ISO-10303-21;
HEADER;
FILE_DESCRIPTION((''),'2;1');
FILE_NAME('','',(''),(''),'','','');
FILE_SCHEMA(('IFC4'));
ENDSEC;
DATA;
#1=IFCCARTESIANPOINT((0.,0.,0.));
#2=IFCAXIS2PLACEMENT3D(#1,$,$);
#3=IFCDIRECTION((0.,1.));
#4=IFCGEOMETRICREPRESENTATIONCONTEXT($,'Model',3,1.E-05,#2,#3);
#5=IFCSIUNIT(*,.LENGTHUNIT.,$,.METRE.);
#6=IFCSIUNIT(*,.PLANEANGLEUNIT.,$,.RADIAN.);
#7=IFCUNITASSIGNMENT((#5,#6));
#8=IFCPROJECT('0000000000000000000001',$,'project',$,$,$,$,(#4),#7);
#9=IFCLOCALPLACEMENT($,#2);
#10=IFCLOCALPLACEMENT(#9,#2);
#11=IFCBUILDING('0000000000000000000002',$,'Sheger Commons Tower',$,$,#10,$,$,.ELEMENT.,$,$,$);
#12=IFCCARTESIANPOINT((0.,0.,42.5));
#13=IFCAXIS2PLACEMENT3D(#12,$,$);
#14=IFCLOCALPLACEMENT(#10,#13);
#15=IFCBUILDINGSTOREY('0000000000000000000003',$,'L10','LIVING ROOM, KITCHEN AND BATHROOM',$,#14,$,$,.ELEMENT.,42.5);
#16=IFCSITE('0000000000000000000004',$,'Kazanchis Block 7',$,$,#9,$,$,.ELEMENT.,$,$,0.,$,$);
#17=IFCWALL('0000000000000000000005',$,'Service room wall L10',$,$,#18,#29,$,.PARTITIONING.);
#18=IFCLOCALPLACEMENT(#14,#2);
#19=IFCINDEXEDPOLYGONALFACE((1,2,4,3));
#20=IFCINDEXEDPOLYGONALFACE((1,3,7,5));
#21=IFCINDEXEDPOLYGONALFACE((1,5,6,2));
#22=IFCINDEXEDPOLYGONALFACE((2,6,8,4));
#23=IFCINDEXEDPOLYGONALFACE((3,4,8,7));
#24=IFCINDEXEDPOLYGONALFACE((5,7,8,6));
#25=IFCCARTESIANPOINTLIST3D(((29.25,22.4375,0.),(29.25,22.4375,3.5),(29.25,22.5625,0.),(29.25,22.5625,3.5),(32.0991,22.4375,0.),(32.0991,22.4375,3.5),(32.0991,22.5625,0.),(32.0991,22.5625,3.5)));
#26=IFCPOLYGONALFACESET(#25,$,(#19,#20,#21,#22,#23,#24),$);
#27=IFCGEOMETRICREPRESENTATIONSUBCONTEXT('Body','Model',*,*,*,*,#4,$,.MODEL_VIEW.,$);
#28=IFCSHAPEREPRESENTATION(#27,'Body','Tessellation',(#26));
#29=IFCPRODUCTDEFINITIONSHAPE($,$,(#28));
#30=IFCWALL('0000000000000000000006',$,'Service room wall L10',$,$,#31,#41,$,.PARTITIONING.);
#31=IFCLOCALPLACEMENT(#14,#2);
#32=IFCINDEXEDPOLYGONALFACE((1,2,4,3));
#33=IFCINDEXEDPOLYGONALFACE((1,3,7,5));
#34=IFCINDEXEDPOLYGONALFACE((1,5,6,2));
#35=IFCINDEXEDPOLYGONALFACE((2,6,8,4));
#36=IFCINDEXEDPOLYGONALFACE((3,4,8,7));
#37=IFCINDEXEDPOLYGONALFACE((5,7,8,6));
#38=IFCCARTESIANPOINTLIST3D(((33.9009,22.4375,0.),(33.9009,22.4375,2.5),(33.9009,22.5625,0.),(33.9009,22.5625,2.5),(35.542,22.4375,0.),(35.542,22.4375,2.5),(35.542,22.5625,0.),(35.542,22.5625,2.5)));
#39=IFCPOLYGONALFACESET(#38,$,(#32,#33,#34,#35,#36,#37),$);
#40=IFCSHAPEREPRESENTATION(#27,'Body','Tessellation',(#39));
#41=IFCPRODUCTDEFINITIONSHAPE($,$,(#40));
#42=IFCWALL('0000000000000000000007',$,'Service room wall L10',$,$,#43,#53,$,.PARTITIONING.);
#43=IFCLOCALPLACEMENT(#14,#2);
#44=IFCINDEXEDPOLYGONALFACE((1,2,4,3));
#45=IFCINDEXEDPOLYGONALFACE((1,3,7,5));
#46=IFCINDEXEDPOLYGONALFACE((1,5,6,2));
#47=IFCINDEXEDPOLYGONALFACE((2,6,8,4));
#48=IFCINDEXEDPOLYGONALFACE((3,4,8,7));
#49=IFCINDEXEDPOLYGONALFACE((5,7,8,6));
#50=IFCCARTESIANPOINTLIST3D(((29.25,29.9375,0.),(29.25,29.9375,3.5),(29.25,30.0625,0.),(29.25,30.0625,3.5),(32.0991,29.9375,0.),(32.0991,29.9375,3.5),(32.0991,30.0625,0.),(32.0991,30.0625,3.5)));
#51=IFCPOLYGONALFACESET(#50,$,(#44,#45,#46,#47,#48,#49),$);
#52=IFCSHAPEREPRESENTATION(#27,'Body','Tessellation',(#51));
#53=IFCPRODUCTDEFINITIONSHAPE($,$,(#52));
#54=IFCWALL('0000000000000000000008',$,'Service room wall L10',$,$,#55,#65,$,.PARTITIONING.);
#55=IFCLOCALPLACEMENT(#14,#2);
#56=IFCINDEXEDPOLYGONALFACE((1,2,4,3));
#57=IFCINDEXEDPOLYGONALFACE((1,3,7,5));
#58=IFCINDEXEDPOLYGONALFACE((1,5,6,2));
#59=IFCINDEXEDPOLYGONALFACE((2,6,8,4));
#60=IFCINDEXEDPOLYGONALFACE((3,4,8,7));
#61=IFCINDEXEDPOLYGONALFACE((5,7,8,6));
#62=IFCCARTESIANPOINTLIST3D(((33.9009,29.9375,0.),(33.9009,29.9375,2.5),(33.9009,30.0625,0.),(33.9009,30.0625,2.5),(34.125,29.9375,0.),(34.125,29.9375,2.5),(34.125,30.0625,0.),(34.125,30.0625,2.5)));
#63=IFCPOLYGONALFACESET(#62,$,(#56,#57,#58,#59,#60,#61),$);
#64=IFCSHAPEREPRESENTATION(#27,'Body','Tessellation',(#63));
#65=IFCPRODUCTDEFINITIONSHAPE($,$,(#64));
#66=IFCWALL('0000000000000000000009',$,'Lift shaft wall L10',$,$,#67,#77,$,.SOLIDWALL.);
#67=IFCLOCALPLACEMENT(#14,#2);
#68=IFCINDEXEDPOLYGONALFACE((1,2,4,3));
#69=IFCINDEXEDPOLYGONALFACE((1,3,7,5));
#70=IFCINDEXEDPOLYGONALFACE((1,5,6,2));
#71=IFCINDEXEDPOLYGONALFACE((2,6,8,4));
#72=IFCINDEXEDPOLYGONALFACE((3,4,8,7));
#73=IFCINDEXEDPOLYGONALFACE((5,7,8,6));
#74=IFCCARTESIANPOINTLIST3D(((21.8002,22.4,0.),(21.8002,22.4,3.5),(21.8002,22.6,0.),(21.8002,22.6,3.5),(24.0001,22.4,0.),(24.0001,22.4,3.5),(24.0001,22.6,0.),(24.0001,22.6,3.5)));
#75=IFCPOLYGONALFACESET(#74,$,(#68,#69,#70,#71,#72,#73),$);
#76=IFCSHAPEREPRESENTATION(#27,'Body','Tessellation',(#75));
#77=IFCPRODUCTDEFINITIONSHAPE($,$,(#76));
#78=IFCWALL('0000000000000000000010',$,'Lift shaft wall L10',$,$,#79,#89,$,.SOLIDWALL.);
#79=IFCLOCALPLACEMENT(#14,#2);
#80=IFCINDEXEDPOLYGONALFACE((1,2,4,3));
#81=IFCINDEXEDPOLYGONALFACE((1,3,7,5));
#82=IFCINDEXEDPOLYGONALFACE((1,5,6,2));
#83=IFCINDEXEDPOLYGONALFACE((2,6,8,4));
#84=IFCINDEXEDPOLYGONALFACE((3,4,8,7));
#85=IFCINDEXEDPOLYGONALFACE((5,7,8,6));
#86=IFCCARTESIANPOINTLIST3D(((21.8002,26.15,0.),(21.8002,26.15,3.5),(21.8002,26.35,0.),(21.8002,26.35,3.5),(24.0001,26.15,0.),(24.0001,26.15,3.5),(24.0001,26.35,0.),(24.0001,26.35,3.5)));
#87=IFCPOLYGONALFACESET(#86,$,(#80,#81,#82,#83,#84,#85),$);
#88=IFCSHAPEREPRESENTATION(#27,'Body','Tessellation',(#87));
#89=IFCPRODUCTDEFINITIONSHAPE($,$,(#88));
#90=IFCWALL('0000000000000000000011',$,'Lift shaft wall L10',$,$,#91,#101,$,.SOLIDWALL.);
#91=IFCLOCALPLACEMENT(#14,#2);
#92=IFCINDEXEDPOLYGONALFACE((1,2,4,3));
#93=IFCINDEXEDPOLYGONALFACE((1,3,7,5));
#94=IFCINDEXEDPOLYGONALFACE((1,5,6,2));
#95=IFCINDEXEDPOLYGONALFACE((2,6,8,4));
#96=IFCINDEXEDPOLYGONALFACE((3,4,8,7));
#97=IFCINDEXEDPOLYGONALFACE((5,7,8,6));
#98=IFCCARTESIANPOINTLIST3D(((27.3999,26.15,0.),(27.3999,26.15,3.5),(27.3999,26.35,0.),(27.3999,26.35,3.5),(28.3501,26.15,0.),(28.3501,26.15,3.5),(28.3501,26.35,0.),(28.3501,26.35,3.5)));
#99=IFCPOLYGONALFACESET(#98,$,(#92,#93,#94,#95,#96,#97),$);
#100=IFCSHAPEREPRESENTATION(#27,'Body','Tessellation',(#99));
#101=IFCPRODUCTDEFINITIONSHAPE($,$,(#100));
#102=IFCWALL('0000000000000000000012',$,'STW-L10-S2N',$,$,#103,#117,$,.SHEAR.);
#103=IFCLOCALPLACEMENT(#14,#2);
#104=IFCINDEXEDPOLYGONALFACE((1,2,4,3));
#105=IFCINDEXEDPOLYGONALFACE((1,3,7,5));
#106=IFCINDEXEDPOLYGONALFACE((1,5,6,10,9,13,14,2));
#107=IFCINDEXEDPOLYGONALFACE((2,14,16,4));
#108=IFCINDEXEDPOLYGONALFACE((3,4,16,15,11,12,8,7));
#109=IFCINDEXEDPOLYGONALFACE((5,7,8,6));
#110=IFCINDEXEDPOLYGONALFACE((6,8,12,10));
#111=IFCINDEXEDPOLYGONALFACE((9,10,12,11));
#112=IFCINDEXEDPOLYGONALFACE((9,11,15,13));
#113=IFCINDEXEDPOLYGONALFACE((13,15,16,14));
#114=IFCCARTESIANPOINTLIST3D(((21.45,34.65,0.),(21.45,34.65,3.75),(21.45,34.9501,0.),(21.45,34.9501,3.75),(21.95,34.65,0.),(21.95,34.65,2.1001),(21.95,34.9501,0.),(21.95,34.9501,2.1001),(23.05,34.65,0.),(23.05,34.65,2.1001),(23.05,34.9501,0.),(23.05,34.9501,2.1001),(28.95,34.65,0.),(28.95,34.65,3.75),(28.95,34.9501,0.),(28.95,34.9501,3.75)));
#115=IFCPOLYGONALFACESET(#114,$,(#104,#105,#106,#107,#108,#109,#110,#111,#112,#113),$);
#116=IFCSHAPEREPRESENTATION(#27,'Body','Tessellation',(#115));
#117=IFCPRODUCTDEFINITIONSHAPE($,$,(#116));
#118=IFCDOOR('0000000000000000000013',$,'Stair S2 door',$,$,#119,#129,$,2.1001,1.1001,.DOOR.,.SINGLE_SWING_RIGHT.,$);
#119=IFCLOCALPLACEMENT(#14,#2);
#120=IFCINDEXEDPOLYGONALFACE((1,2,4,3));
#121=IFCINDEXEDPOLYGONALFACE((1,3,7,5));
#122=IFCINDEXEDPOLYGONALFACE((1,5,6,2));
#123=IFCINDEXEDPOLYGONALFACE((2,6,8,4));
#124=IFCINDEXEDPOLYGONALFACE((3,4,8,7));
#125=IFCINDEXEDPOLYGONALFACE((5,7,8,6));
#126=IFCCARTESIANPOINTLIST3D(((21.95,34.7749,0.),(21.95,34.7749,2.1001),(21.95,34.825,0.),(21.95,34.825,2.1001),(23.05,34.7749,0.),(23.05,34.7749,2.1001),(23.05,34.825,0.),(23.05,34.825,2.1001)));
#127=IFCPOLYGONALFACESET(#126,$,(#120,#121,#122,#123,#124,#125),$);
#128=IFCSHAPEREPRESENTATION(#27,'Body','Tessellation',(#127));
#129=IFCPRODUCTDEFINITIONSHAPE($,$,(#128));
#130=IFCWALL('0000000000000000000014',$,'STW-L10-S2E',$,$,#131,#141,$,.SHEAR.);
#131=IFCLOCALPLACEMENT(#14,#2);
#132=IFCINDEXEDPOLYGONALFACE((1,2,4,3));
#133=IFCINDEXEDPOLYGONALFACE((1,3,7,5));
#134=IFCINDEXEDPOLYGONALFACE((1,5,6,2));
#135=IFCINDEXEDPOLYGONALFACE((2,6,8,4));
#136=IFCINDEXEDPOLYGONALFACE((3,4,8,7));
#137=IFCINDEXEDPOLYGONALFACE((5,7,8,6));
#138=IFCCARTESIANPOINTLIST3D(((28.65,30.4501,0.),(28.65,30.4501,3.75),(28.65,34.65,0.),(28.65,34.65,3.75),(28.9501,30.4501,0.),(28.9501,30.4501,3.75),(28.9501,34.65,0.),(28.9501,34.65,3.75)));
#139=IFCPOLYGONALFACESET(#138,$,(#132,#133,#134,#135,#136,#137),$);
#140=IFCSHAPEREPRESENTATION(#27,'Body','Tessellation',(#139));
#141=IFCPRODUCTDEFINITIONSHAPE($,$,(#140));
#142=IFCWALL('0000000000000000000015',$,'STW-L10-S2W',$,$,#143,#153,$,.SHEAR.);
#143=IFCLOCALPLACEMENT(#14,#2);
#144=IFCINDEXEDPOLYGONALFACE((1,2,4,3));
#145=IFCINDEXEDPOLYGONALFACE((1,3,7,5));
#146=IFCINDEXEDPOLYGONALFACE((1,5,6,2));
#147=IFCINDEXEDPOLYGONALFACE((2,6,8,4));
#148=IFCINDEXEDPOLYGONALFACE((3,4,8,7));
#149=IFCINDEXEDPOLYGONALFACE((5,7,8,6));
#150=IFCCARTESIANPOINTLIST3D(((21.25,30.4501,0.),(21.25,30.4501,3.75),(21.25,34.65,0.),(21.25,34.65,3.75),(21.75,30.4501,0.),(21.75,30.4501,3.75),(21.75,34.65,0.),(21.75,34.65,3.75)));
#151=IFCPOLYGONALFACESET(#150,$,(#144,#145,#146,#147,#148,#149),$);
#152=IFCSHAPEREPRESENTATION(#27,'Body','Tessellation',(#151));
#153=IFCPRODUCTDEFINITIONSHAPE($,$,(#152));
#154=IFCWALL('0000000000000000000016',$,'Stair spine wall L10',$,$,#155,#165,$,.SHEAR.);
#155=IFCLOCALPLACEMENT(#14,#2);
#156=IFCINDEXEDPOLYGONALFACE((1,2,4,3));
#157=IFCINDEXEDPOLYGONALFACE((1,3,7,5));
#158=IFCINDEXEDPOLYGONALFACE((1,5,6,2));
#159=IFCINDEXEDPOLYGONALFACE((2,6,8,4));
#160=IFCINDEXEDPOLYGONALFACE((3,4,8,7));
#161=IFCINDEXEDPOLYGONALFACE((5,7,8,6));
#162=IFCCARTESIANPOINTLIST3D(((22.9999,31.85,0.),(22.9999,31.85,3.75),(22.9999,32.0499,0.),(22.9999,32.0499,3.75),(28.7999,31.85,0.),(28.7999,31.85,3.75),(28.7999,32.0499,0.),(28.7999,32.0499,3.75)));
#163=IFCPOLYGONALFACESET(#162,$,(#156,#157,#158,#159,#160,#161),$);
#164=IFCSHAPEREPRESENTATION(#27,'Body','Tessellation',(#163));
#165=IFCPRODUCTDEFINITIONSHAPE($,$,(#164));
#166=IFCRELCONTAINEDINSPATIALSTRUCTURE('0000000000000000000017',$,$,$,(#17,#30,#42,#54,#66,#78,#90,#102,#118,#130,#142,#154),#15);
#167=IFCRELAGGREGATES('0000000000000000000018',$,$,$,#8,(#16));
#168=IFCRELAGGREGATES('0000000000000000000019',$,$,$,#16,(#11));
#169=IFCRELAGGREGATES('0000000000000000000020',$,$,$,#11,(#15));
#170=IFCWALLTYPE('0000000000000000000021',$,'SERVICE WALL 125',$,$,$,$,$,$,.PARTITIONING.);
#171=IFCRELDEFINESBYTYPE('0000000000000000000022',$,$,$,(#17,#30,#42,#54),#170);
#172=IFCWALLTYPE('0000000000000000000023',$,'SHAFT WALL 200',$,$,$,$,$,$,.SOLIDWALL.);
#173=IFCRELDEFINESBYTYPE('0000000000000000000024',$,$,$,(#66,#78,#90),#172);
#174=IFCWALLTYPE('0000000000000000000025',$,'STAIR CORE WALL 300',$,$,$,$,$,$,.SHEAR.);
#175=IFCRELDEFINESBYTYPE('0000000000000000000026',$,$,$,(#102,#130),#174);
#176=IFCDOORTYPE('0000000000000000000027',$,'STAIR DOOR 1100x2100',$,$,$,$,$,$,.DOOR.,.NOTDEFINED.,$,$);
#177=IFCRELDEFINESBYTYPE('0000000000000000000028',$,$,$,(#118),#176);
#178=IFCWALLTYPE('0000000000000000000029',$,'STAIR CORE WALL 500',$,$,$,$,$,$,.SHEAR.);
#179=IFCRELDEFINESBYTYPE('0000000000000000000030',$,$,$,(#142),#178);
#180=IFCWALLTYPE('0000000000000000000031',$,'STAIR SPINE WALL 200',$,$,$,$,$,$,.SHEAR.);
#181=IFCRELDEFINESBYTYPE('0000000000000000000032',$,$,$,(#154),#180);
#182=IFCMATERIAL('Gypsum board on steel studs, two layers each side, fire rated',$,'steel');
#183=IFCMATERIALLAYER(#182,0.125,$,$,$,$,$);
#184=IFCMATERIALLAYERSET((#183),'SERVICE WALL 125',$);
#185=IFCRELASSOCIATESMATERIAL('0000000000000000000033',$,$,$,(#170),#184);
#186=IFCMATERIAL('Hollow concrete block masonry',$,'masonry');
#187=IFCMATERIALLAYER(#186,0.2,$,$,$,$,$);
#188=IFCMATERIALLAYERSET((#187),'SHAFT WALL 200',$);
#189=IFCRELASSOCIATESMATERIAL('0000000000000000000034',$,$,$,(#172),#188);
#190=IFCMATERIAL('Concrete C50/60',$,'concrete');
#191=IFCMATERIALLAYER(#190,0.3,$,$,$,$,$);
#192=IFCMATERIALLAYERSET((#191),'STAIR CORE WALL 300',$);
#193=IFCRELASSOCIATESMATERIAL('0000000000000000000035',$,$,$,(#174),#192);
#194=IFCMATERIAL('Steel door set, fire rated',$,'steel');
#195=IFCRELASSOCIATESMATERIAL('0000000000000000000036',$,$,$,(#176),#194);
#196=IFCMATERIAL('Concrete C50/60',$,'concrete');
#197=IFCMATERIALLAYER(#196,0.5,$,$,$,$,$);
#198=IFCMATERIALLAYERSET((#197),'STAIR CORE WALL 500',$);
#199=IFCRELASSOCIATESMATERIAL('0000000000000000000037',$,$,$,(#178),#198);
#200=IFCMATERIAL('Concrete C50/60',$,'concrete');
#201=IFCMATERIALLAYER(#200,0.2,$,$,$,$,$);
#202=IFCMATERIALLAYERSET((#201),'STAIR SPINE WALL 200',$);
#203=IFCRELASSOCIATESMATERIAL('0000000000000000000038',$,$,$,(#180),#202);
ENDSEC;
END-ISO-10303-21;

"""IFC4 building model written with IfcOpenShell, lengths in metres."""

from ifc_helpers import new_model, si_unit, direction, frame, frame_2d, origin, place, context, subcontext, project, spatial, rectangle, extrude, material, layer, layer_set, type_object, element, fill, save


model = new_model("IFC4")

# Units and contexts
model_context = context("Model", 3, precision=1e-05, world=origin(), true_north=direction((0.0, 1.0)))
body_context = subcontext(model_context, "Body", "Model", "MODEL_VIEW")
ifc_project = project(units=[si_unit("LENGTHUNIT", "METRE"), si_unit("PLANEANGLEUNIT", "RADIAN")], contexts=[model_context])

# Site, building, storey
site_placement = place(None, origin())
site = spatial("IfcSite", under=ifc_project, at=site_placement, Name="Kazanchis Block 7", CompositionType="ELEMENT", RefElevation=0.0)
building_placement = place(site_placement, origin())
building = spatial("IfcBuilding", under=site, at=building_placement, Name="Sheger Commons Tower", CompositionType="ELEMENT")
storey_placement = place(building_placement, frame((0.0, 0.0, 42.5)))
storey = spatial("IfcBuildingStorey", under=building, at=storey_placement, Name="L10", Description="LIVING ROOM, KITCHEN AND BATHROOM", CompositionType="ELEMENT", Elevation=42.5)

# Walls
ifc_material_1 = material(Name="Gypsum board on steel studs, two layers each side, fire rated", Category="steel")
ifc_layer_1 = layer(ifc_material_1, 0.125)
ifc_layer_set_1 = layer_set([ifc_layer_1], Name="SERVICE WALL 125")
wall_type_1 = type_object("IfcWallType", Name="SERVICE WALL 125", PredefinedType="PARTITIONING", material=ifc_layer_set_1)
wall_1_placement = place(storey_placement, frame((29.25, 22.5, 0.0), z_axis=(0.0, 0.0, 1.0), x_axis=(1.0, 0.0, 0.0)))
element("IfcWall", 1, at=wall_1_placement, inside=storey, type_object=wall_type_1, Name="Service room wall L10", PredefinedType="PARTITIONING", context=body_context, shape_type="SweptSolid", body=[
    extrude(rectangle(XDim=2.8491, YDim=0.125, at=frame_2d((1.4246, 0.0))), origin(), (0.0, 0.0, 1.0), 3.5),
])
wall_2_placement = place(storey_placement, frame((33.9009, 22.5, 0.0), z_axis=(0.0, 0.0, 1.0), x_axis=(1.0, 0.0, 0.0)))
element("IfcWall", 2, at=wall_2_placement, inside=storey, type_object=wall_type_1, Name="Service room wall L10", PredefinedType="PARTITIONING", context=body_context, shape_type="SweptSolid", body=[
    extrude(rectangle(XDim=1.6411, YDim=0.125, at=frame_2d((0.8206, 0.0))), origin(), (0.0, 0.0, 1.0), 2.5),
])
wall_3_placement = place(storey_placement, frame((29.25, 30.0, 0.0), z_axis=(0.0, 0.0, 1.0), x_axis=(1.0, 0.0, 0.0)))
element("IfcWall", 3, at=wall_3_placement, inside=storey, type_object=wall_type_1, Name="Service room wall L10", PredefinedType="PARTITIONING", context=body_context, shape_type="SweptSolid", body=[
    extrude(rectangle(XDim=2.8491, YDim=0.125, at=frame_2d((1.4246, 0.0))), origin(), (0.0, 0.0, 1.0), 3.5),
])
wall_4_placement = place(storey_placement, frame((33.9009, 30.0, 0.0), z_axis=(0.0, 0.0, 1.0), x_axis=(1.0, 0.0, 0.0)))
element("IfcWall", 4, at=wall_4_placement, inside=storey, type_object=wall_type_1, Name="Service room wall L10", PredefinedType="PARTITIONING", context=body_context, shape_type="SweptSolid", body=[
    extrude(rectangle(XDim=0.2241, YDim=0.125, at=frame_2d((0.1121, 0.0))), origin(), (0.0, 0.0, 1.0), 2.5),
])
ifc_material_2 = material(Name="Hollow concrete block masonry", Category="masonry")
ifc_layer_2 = layer(ifc_material_2, 0.2)
ifc_layer_set_2 = layer_set([ifc_layer_2], Name="SHAFT WALL 200")
wall_type_2 = type_object("IfcWallType", Name="SHAFT WALL 200", PredefinedType="SOLIDWALL", material=ifc_layer_set_2)
for number, where, z_axis, x_axis, name in (
    (5, (21.8, 22.5, 0.0), (0.0, 0.0, 1.0), (1.0, 0.0, 0.0), "Lift shaft wall L10"),
    (6, (21.8, 26.25, 0.0), (0.0, 0.0, 1.0), (1.0, 0.0, 0.0), "Lift shaft wall L10"),
):
    element("IfcWall", number, at=place(storey_placement, frame(where, z_axis=z_axis, x_axis=x_axis)), inside=storey, type_object=wall_type_2, Name=name, PredefinedType="SOLIDWALL", context=body_context, shape_type="SweptSolid", body=[
        extrude(rectangle(XDim=2.2, YDim=0.2, at=frame_2d((1.1001, 0.0))), origin(), (0.0, 0.0, 1.0), 3.5),
    ])
wall_5_placement = place(storey_placement, frame((27.3999, 26.25, 0.0), z_axis=(0.0, 0.0, 1.0), x_axis=(1.0, 0.0, 0.0)))
element("IfcWall", 7, at=wall_5_placement, inside=storey, type_object=wall_type_2, Name="Lift shaft wall L10", PredefinedType="SOLIDWALL", context=body_context, shape_type="SweptSolid", body=[
    extrude(rectangle(XDim=0.9502, YDim=0.2, at=frame_2d((0.4751, 0.0))), origin(), (0.0, 0.0, 1.0), 3.5),
])

# Wall, opening, door
ifc_material_3 = material(Name="Concrete C50/60", Category="concrete")
ifc_layer_3 = layer(ifc_material_3, 0.3)
ifc_layer_set_3 = layer_set([ifc_layer_3], Name="STAIR CORE WALL 300")
wall_type_3 = type_object("IfcWallType", Name="STAIR CORE WALL 300", PredefinedType="SHEAR", material=ifc_layer_set_3)
wall_6_placement = place(storey_placement, frame((21.45, 34.8, 0.0), z_axis=(0.0, 0.0, 1.0), x_axis=(1.0, 0.0, 0.0)))
wall_6 = element("IfcWall", 8, at=wall_6_placement, inside=storey, type_object=wall_type_3, Name="STW-L10-S2N", PredefinedType="SHEAR", context=body_context, shape_type="SweptSolid", body=[
    extrude(rectangle(XDim=7.5, YDim=0.3, at=frame_2d((3.75, 0.0))), origin(), (0.0, 0.0, 1.0), 3.75),
])
opening_1_placement = place(wall_6_placement, frame((0.5, 0.0, 0.0)))
opening_1 = element("IfcOpeningElement", 9, at=opening_1_placement, cuts=wall_6, PredefinedType="OPENING", context=body_context, shape_type="SweptSolid", body=[
    extrude(rectangle(XDim=1.1001, YDim=2.1001, at=frame_2d((0.55, 1.05))), frame((0.0, 0.1599, 0.0), z_axis=(0.0, -1.0, 0.0), x_axis=(1.0, 0.0, 0.0)), (0.0, 0.0, 1.0), 0.3201),
])
ifc_material_4 = material(Name="Steel door set, fire rated", Category="steel")
door_type_1 = type_object("IfcDoorType", Name="STAIR DOOR 1100x2100", OperationType="NOTDEFINED", PredefinedType="DOOR", material=ifc_material_4)
door_1_placement = place(opening_1_placement, origin())
door_1 = element("IfcDoor", 10, at=door_1_placement, inside=storey, type_object=door_type_1, Name="Stair S2 door", OperationType="SINGLE_SWING_RIGHT", OverallHeight=2.1001, OverallWidth=1.1001, PredefinedType="DOOR", context=body_context, shape_type="SweptSolid", body=[
    extrude(rectangle(XDim=1.1001, YDim=2.1001, at=frame_2d((0.55, 1.05))), frame((0.0, 0.0249, 0.0), z_axis=(0.0, -1.0, 0.0), x_axis=(1.0, 0.0, 0.0)), (0.0, 0.0, 1.0), 0.05),
])
fill(opening_1, door_1)

# Walls
wall_7_placement = place(storey_placement, frame((28.8, 30.45, 0.0), z_axis=(0.0, 0.0, 1.0), x_axis=(0.0, 1.0, 0.0)))
element("IfcWall", 11, at=wall_7_placement, inside=storey, type_object=wall_type_3, Name="STW-L10-S2E", PredefinedType="SHEAR", context=body_context, shape_type="SweptSolid", body=[
    extrude(rectangle(XDim=4.2, YDim=0.3, at=frame_2d((2.1001, 0.0))), origin(), (0.0, 0.0, 1.0), 3.75),
])
ifc_material_5 = material(Name="Concrete C50/60", Category="concrete")
ifc_layer_4 = layer(ifc_material_5, 0.5)
ifc_layer_set_4 = layer_set([ifc_layer_4], Name="STAIR CORE WALL 500")
wall_type_4 = type_object("IfcWallType", Name="STAIR CORE WALL 500", PredefinedType="SHEAR", material=ifc_layer_set_4)
wall_8_placement = place(storey_placement, frame((21.5, 30.45, 0.0), z_axis=(0.0, 0.0, 1.0), x_axis=(0.0, 1.0, 0.0)))
element("IfcWall", 12, at=wall_8_placement, inside=storey, type_object=wall_type_4, Name="STW-L10-S2W", PredefinedType="SHEAR", context=body_context, shape_type="SweptSolid", body=[
    extrude(rectangle(XDim=4.2, YDim=0.5, at=frame_2d((2.1001, 0.0))), origin(), (0.0, 0.0, 1.0), 3.75),
])
ifc_material_6 = material(Name="Concrete C50/60", Category="concrete")
ifc_layer_5 = layer(ifc_material_6, 0.2)
ifc_layer_set_5 = layer_set([ifc_layer_5], Name="STAIR SPINE WALL 200")
wall_type_5 = type_object("IfcWallType", Name="STAIR SPINE WALL 200", PredefinedType="SHEAR", material=ifc_layer_set_5)
wall_9_placement = place(storey_placement, frame((23.0, 31.95, 0.0), z_axis=(0.0, 0.0, 1.0), x_axis=(1.0, 0.0, 0.0)))
element("IfcWall", 13, at=wall_9_placement, inside=storey, type_object=wall_type_5, Name="Stair spine wall L10", PredefinedType="SHEAR", context=body_context, shape_type="SweptSolid", body=[
    extrude(rectangle(XDim=5.8, YDim=0.2, at=frame_2d((2.8999, 0.0))), origin(), (0.0, 0.0, 1.0), 3.75),
])

save(model, "model.ifc")
